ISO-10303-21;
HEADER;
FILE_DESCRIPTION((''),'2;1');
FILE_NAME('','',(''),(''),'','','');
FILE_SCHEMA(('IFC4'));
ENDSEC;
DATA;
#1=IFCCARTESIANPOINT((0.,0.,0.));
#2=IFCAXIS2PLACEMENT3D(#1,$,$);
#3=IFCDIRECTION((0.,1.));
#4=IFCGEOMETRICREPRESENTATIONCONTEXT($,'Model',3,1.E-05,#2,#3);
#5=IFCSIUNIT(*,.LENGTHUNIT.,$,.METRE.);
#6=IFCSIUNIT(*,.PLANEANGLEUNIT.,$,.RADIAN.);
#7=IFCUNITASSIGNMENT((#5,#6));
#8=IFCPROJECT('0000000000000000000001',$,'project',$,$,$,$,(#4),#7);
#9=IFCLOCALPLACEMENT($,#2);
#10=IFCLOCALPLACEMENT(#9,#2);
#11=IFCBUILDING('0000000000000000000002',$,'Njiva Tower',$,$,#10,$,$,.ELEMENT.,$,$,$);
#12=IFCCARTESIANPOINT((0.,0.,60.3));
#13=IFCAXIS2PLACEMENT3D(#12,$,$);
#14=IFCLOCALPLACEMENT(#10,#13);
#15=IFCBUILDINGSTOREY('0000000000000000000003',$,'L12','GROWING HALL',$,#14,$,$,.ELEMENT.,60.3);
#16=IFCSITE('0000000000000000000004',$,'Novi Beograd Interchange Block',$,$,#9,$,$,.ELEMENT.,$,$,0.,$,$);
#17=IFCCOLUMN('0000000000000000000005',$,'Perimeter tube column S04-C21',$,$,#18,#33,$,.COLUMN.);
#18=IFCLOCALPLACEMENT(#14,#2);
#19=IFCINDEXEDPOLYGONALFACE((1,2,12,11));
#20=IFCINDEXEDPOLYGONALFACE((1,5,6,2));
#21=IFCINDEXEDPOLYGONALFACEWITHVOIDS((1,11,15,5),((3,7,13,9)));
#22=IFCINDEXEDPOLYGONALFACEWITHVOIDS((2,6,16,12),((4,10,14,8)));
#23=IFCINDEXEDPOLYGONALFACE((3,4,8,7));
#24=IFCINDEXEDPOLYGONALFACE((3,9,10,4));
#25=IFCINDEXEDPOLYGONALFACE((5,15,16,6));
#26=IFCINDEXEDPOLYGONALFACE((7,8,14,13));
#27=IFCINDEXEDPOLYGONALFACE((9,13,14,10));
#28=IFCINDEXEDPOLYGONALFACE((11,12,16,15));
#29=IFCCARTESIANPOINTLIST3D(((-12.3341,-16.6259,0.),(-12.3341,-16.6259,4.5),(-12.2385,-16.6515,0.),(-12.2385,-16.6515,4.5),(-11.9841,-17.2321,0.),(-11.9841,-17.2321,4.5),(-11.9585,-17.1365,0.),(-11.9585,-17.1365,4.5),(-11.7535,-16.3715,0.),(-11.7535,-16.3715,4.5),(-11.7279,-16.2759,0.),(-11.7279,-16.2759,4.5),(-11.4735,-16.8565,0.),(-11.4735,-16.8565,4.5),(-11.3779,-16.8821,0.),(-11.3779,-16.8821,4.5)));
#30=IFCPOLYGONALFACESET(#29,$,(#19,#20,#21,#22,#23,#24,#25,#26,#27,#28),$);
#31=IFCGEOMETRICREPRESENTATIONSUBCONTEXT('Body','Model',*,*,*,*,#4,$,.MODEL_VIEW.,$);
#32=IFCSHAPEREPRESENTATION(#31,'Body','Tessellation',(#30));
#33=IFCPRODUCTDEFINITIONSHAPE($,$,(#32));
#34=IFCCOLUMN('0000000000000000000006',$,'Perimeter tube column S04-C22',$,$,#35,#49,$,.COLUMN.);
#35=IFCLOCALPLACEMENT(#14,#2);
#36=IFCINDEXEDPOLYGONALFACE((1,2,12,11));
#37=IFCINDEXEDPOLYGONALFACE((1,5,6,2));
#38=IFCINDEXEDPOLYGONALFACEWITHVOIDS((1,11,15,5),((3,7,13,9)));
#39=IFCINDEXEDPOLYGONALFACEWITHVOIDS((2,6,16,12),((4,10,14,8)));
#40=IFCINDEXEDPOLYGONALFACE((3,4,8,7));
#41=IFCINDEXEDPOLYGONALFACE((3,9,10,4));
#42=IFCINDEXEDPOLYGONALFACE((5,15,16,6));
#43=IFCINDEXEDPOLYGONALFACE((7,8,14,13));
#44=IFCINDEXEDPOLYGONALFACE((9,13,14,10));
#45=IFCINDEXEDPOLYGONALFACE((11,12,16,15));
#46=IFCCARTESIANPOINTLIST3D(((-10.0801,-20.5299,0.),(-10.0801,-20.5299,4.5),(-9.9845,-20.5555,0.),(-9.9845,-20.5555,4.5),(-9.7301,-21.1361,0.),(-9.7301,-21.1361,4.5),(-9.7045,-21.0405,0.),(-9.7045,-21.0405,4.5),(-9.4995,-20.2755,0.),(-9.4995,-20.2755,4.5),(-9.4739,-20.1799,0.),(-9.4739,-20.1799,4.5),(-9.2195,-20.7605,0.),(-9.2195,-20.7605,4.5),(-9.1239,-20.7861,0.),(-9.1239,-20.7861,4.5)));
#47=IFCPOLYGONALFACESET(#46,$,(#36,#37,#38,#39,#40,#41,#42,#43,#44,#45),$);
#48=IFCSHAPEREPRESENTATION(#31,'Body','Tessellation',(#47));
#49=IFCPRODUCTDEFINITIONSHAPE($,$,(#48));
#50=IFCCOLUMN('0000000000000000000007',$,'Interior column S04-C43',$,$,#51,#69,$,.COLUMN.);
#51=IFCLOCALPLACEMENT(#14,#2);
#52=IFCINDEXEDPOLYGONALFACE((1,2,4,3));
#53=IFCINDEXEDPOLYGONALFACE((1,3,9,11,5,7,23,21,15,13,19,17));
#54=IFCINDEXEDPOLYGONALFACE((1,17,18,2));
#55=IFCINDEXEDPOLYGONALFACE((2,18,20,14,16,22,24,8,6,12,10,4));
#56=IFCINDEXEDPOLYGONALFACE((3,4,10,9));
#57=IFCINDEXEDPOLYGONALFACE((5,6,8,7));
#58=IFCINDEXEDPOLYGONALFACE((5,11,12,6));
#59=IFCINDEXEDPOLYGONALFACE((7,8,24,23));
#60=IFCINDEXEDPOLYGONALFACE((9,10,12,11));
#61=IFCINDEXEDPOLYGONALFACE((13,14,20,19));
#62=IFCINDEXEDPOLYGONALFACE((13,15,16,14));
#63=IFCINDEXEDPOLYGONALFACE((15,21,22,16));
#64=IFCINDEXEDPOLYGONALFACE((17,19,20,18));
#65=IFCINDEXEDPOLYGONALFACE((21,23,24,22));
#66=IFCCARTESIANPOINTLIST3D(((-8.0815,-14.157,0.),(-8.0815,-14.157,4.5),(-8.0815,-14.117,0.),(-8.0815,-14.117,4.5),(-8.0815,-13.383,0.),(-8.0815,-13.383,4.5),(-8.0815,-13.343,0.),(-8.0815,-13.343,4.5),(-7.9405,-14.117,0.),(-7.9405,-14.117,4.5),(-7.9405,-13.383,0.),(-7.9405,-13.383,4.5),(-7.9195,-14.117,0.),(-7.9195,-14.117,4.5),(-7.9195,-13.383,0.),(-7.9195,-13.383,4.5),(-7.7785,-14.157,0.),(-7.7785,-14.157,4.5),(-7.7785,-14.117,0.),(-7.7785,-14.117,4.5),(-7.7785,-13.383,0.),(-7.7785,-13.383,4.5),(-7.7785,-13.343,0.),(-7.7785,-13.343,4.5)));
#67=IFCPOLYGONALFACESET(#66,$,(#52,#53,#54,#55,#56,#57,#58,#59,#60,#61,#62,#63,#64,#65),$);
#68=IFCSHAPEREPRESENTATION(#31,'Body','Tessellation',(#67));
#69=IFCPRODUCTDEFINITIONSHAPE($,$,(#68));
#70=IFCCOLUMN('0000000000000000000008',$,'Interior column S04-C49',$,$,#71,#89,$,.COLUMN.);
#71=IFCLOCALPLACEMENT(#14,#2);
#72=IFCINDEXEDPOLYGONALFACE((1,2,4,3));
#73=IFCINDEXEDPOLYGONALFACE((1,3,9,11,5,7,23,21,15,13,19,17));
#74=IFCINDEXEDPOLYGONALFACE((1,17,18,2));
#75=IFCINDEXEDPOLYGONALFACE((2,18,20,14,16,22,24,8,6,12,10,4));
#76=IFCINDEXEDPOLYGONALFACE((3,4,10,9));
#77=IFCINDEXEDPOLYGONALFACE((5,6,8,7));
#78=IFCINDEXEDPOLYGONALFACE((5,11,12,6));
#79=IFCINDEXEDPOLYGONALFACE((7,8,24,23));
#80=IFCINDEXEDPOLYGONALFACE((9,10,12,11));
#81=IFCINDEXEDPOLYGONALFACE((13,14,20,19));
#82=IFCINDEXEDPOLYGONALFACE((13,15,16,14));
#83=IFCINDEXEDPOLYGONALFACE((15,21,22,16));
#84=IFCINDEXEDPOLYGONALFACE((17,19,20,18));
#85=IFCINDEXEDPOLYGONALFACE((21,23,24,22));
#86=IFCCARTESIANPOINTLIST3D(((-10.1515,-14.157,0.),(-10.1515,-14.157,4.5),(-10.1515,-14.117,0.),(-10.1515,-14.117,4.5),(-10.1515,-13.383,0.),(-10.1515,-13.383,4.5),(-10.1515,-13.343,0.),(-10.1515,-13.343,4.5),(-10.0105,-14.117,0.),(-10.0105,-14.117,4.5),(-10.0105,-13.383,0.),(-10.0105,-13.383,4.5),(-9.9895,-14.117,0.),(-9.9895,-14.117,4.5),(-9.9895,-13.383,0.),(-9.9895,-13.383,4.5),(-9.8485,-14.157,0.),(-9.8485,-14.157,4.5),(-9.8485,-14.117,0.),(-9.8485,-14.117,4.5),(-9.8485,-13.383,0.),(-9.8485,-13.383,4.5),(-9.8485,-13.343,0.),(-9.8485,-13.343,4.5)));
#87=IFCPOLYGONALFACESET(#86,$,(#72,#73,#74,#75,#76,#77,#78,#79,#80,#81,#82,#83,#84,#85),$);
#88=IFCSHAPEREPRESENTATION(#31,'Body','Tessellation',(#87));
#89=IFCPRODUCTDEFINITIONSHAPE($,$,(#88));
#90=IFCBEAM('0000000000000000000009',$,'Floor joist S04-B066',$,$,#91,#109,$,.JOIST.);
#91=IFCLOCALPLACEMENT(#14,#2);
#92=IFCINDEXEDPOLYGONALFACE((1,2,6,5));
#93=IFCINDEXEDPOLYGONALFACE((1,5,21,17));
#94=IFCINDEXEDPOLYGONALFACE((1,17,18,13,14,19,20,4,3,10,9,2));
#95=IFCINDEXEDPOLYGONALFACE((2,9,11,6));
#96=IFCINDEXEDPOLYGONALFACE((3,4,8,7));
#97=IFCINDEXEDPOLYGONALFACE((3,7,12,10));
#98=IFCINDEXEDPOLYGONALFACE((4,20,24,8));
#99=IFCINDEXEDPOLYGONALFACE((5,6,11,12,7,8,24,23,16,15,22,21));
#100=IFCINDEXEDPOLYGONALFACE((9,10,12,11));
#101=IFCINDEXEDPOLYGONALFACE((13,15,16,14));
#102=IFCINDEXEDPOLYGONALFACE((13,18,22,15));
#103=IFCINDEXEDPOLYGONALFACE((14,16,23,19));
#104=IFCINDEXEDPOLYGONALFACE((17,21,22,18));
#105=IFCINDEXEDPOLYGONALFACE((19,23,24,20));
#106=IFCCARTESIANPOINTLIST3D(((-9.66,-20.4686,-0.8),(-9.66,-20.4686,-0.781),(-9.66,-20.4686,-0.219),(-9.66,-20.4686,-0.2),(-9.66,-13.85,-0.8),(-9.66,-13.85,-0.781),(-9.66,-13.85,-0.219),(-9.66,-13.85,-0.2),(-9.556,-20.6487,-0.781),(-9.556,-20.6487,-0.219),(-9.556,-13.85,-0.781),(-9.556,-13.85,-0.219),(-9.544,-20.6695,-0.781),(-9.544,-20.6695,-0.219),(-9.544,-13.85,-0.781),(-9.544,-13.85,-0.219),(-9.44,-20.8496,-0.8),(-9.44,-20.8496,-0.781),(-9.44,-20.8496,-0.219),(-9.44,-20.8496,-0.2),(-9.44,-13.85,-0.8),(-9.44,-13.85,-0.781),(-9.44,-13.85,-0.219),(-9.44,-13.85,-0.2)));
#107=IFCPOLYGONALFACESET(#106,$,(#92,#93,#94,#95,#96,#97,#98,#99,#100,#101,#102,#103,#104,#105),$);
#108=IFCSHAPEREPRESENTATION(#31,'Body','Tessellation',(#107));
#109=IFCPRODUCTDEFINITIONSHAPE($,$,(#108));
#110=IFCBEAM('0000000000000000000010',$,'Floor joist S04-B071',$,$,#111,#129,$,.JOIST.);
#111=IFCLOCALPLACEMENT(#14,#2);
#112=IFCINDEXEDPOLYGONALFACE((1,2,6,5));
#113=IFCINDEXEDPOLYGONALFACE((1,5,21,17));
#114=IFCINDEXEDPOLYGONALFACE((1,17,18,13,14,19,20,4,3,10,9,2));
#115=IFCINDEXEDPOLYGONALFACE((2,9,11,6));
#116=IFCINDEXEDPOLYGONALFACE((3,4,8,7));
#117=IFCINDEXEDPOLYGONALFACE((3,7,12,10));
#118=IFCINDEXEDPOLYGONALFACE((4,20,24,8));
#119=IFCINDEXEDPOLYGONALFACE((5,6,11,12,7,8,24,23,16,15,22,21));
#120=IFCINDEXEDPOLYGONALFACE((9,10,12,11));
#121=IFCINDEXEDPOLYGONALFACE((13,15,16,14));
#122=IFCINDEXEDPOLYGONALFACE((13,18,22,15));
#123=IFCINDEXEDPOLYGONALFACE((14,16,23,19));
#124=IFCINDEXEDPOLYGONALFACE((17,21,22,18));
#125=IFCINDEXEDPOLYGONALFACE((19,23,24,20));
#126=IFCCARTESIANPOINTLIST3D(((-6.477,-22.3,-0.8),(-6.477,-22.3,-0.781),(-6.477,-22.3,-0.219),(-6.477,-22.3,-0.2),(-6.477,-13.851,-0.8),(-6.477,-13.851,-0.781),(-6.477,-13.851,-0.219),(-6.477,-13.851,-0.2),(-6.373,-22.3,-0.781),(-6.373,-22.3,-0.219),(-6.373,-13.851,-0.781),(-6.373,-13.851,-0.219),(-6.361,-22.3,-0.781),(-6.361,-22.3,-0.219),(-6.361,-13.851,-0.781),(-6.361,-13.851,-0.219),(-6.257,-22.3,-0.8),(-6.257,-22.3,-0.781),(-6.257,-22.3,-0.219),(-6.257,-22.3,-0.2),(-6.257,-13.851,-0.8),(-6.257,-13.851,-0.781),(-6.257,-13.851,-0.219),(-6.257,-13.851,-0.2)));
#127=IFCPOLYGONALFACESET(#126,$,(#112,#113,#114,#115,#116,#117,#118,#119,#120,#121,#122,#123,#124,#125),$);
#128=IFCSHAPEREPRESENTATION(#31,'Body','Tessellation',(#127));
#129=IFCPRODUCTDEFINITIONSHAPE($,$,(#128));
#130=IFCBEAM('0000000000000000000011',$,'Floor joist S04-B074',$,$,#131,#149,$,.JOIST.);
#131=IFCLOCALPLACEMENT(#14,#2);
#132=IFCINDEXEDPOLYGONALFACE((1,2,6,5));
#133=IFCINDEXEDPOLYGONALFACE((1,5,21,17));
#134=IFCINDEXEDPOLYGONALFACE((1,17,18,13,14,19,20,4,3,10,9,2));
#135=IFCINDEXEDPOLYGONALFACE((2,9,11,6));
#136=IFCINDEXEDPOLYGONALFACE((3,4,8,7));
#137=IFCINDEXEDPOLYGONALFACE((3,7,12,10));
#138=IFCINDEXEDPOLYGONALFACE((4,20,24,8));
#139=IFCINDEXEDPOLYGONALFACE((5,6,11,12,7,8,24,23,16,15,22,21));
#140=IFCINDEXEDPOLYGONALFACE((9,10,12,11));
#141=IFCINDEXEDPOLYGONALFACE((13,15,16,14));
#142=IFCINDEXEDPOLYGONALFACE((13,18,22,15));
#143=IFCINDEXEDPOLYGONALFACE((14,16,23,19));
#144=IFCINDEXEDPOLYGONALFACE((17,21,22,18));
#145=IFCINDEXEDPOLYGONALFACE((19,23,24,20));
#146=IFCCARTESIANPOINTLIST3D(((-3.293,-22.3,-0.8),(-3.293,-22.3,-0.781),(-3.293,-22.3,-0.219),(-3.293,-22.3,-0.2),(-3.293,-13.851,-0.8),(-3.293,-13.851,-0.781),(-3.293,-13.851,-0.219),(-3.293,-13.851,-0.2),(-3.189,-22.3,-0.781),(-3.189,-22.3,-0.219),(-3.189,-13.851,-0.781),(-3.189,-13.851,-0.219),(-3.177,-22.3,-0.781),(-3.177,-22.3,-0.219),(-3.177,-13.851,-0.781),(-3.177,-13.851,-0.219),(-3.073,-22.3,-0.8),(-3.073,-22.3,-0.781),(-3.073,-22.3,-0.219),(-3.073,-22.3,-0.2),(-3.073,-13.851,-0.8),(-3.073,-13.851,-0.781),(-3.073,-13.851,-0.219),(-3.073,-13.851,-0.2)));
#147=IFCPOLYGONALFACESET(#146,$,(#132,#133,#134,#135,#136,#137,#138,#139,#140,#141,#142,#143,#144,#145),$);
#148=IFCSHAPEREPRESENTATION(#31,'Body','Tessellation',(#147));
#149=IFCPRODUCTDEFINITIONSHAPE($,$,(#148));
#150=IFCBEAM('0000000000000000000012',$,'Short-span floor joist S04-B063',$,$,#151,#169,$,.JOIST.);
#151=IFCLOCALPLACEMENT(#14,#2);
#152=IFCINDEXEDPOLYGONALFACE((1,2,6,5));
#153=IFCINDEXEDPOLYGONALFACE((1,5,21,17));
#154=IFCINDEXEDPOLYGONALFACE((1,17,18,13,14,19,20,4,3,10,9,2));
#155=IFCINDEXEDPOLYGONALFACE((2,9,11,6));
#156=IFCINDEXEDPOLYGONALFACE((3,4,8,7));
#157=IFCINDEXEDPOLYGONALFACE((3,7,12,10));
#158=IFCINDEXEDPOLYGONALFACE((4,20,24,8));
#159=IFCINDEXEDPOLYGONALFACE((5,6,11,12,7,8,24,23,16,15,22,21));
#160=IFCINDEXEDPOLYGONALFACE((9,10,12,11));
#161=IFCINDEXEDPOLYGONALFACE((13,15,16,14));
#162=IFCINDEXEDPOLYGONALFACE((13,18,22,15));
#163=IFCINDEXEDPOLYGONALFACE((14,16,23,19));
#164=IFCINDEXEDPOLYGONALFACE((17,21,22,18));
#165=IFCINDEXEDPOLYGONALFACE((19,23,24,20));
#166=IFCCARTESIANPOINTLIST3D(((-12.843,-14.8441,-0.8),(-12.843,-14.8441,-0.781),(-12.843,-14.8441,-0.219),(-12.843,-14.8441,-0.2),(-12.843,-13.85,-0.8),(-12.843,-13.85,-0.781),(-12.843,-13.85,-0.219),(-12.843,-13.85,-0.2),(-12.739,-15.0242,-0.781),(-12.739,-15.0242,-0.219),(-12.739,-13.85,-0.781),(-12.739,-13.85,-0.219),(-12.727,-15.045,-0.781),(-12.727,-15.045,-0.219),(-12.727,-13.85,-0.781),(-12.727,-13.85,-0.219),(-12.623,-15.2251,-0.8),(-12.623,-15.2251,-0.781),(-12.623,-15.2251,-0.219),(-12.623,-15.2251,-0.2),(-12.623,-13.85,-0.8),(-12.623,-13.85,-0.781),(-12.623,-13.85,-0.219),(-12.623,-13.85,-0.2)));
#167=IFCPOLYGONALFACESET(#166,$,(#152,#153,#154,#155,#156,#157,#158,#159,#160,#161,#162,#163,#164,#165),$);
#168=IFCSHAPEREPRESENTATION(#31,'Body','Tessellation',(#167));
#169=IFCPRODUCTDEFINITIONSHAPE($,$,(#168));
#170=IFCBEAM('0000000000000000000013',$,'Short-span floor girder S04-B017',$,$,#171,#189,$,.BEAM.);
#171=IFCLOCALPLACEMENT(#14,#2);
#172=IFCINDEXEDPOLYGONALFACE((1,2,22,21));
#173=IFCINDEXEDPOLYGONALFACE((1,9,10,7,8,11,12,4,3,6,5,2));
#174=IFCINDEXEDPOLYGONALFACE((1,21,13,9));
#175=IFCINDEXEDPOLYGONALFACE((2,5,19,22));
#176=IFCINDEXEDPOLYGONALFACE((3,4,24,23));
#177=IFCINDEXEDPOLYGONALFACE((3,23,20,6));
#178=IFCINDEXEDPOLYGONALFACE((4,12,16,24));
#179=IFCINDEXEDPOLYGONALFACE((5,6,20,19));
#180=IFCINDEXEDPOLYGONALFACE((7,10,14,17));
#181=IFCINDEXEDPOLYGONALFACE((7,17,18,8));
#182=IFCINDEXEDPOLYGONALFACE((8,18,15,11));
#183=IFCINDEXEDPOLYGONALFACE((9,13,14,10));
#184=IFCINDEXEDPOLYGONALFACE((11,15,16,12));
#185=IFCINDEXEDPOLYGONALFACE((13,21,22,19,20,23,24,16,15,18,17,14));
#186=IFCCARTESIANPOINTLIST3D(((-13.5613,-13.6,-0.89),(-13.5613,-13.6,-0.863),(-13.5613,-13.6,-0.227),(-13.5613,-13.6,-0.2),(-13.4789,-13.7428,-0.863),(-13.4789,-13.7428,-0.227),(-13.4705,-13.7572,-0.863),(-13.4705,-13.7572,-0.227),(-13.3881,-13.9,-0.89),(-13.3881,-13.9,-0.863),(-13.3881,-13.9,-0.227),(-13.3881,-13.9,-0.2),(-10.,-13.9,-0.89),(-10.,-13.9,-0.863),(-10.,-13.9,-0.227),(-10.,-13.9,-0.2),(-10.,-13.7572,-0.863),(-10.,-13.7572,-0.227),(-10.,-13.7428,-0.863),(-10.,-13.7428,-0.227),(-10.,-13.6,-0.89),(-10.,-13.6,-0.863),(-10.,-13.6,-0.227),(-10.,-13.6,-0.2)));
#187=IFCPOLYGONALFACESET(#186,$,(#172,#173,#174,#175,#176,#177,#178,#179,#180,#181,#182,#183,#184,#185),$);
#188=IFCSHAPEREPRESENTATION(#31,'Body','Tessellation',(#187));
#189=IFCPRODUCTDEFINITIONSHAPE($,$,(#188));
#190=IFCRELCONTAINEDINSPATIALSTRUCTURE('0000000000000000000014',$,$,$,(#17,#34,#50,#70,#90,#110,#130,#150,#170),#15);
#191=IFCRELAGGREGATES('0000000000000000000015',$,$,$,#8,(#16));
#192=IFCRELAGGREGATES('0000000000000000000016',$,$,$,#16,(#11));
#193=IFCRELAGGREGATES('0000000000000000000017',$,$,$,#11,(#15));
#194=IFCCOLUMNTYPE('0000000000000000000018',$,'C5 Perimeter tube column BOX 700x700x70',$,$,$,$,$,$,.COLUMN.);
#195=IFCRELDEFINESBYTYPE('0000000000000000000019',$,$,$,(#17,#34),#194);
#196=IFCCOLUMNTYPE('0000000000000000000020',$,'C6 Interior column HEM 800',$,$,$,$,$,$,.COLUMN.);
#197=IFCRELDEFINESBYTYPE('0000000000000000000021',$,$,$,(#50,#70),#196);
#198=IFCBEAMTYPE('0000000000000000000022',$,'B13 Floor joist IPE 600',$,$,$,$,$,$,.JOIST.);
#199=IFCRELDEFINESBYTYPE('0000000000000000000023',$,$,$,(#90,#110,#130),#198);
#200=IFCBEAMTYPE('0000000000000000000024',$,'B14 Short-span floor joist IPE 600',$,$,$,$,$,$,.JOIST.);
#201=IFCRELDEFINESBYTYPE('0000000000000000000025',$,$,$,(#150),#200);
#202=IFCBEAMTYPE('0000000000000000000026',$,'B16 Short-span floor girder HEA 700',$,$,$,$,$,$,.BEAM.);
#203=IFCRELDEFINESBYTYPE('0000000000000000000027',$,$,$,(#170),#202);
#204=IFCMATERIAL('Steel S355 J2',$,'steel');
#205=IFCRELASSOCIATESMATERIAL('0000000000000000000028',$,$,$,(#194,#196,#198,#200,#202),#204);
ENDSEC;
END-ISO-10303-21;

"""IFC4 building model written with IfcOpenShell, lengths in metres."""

from ifc_helpers import new_model, si_unit, direction, frame, origin, origin_2d, place, context, subcontext, project, spatial, hollow_rectangle, i_section, extrude, clip, halfspace, material, material_profile, profile_set, type_object, element, save


model = new_model("IFC4")

# Units and contexts
model_context = context("Model", 3, precision=1e-05, world=origin(), true_north=direction((0.0, 1.0)))
body_context = subcontext(model_context, "Body", "Model", "MODEL_VIEW")
ifc_project = project(units=[si_unit("LENGTHUNIT", "METRE"), si_unit("PLANEANGLEUNIT", "RADIAN")], contexts=[model_context])

# Site, building, storey
site_placement = place(None, origin())
site = spatial("IfcSite", under=ifc_project, at=site_placement, Name="Novi Beograd Interchange Block", CompositionType="ELEMENT", RefElevation=0.0)
building_placement = place(site_placement, origin())
building = spatial("IfcBuilding", under=site, at=building_placement, Name="Njiva Tower", CompositionType="ELEMENT")
storey_placement = place(building_placement, frame((0.0, 0.0, 60.3)))
storey = spatial("IfcBuildingStorey", under=building, at=storey_placement, Name="L12", Description="GROWING HALL", CompositionType="ELEMENT", Elevation=60.3)

# Columns
ifc_material_1 = material(Name="Steel S355 J2", Category="steel")
ifc_material_profile_1 = material_profile(ifc_material_1, hollow_rectangle(XDim=0.7, YDim=0.7, WallThickness=0.07, at=origin_2d()), Name="BOX 700x700x70")
ifc_profile_set_1 = profile_set([ifc_material_profile_1], Name="Steel S355 J2")
column_type_1 = type_object("IfcColumnType", Name="C5 Perimeter tube column BOX 700x700x70", PredefinedType="COLUMN", material=ifc_profile_set_1)
for number, where, z_axis, x_axis, name in (
    (1, (-11.856, -16.754, 0.0), (0.0, 0.0, 1.0), (0.5, -0.866025, 0.0), "Perimeter tube column S04-C21"),
    (2, (-9.602, -20.658, 0.0), (0.0, 0.0, 1.0), (0.5, -0.866025, 0.0), "Perimeter tube column S04-C22"),
):
    element("IfcColumn", number, at=place(storey_placement, frame(where, z_axis=z_axis, x_axis=x_axis)), inside=storey, type_object=column_type_1, Name=name, PredefinedType="COLUMN", context=body_context, shape_type="SweptSolid", body=[
        extrude(hollow_rectangle(XDim=0.7, YDim=0.7, WallThickness=0.07, at=origin_2d()), origin(), (0.0, 0.0, 1.0), 4.5),
    ])
ifc_material_profile_2 = material_profile(ifc_material_1, i_section(OverallWidth=0.303, OverallDepth=0.814, WebThickness=0.021, FlangeThickness=0.04, at=origin_2d()), Name="HEM 800")
ifc_profile_set_2 = profile_set([ifc_material_profile_2], Name="Steel S355 J2")
column_type_2 = type_object("IfcColumnType", Name="C6 Interior column HEM 800", PredefinedType="COLUMN", material=ifc_profile_set_2)
for number, where, z_axis, x_axis, name in (
    (3, (-7.93, -13.75, 0.0), (0.0, 0.0, 1.0), (1.0, 0.0, 0.0), "Interior column S04-C43"),
    (4, (-10.0, -13.75, 0.0), (0.0, 0.0, 1.0), (1.0, 0.0, 0.0), "Interior column S04-C49"),
):
    element("IfcColumn", number, at=place(storey_placement, frame(where, z_axis=z_axis, x_axis=x_axis)), inside=storey, type_object=column_type_2, Name=name, PredefinedType="COLUMN", context=body_context, shape_type="SweptSolid", body=[
        extrude(i_section(OverallWidth=0.303, OverallDepth=0.814, WebThickness=0.021, FlangeThickness=0.04, at=origin_2d()), origin(), (0.0, 0.0, 1.0), 4.5),
    ])

# Beams
ifc_material_profile_3 = material_profile(ifc_material_1, i_section(OverallWidth=0.22, OverallDepth=0.6, WebThickness=0.012, FlangeThickness=0.019, at=origin_2d()), Name="IPE 600")
ifc_profile_set_3 = profile_set([ifc_material_profile_3], Name="Steel S355 J2")
beam_type_1 = type_object("IfcBeamType", Name="B13 Floor joist IPE 600", PredefinedType="JOIST", material=ifc_profile_set_3)
beam_1_placement = place(storey_placement, frame((-9.55, -13.85, -0.5), z_axis=(0.0, -1.0, 0.0), x_axis=(1.0, 0.0, 0.0)))
element("IfcBeam", 5, at=beam_1_placement, inside=storey, type_object=beam_type_1, Name="Floor joist S04-B066", PredefinedType="JOIST", context=body_context, shape_type="Clipping", body=[
    clip(extrude(i_section(OverallWidth=0.22, OverallDepth=0.6, WebThickness=0.012, FlangeThickness=0.019, at=origin_2d()), origin(), (0.0, 0.0, 1.0), 7.02), halfspace(frame((-0.0433, 0.0, 6.7341), z_axis=(-0.866027, 0.0, 0.499998), x_axis=(0.0, 1.0, 0.0)), False)),
])
for number, where, z_axis, x_axis, name in (
    (6, (-6.367, -13.851, -0.5), (0.0, -1.0, 0.0), (1.0, 0.0, 0.0), "Floor joist S04-B071"),
    (7, (-3.183, -13.851, -0.5), (0.0, -1.0, 0.0), (1.0, 0.0, 0.0), "Floor joist S04-B074"),
):
    element("IfcBeam", number, at=place(storey_placement, frame(where, z_axis=z_axis, x_axis=x_axis)), inside=storey, type_object=beam_type_1, Name=name, PredefinedType="JOIST", context=body_context, shape_type="SweptSolid", body=[
        extrude(i_section(OverallWidth=0.22, OverallDepth=0.6, WebThickness=0.012, FlangeThickness=0.019, at=origin_2d()), origin(), (0.0, 0.0, 1.0), 8.449),
    ])
ifc_material_profile_4 = material_profile(ifc_material_1, i_section(OverallWidth=0.22, OverallDepth=0.6, WebThickness=0.012, FlangeThickness=0.019, at=origin_2d()), Name="IPE 600")
ifc_profile_set_4 = profile_set([ifc_material_profile_4], Name="Steel S355 J2")
beam_type_2 = type_object("IfcBeamType", Name="B14 Short-span floor joist IPE 600", PredefinedType="JOIST", material=ifc_profile_set_4)
beam_2_placement = place(storey_placement, frame((-12.733, -13.85, -0.5), z_axis=(0.0, -1.0, 0.0), x_axis=(1.0, 0.0, 0.0)))
element("IfcBeam", 8, at=beam_2_placement, inside=storey, type_object=beam_type_2, Name="Short-span floor joist S04-B063", PredefinedType="JOIST", context=body_context, shape_type="Clipping", body=[
    clip(extrude(i_section(OverallWidth=0.22, OverallDepth=0.6, WebThickness=0.012, FlangeThickness=0.019, at=origin_2d()), origin(), (0.0, 0.0, 1.0), 1.395), halfspace(frame((-0.0436, 0.0, 1.1091), z_axis=(-0.866027, 0.0, 0.499998), x_axis=(0.0, 1.0, 0.0)), False)),
])
ifc_material_profile_5 = material_profile(ifc_material_1, i_section(OverallWidth=0.3, OverallDepth=0.69, WebThickness=0.0145, FlangeThickness=0.027, at=origin_2d()), Name="HEA 700")
ifc_profile_set_5 = profile_set([ifc_material_profile_5], Name="Steel S355 J2")
beam_type_3 = type_object("IfcBeamType", Name="B16 Short-span floor girder HEA 700", PredefinedType="BEAM", material=ifc_profile_set_5)
beam_3_placement = place(storey_placement, frame((-13.582, -13.75, -0.545), z_axis=(1.0, 0.0, 0.0), x_axis=(0.0, 1.0, 0.0)))
element("IfcBeam", 9, at=beam_3_placement, inside=storey, type_object=beam_type_3, Name="Short-span floor girder S04-B017", PredefinedType="BEAM", context=body_context, shape_type="Clipping", body=[
    clip(extrude(i_section(OverallWidth=0.3, OverallDepth=0.69, WebThickness=0.0145, FlangeThickness=0.027, at=origin_2d()), origin(), (0.0, 0.0, 1.0), 3.582), halfspace(frame((-0.025, 0.0, 0.1217), z_axis=(-0.499998, 0.0, -0.866027), x_axis=(0.0, -1.0, 0.0)), False)),
])

save(model, "model.ifc")
